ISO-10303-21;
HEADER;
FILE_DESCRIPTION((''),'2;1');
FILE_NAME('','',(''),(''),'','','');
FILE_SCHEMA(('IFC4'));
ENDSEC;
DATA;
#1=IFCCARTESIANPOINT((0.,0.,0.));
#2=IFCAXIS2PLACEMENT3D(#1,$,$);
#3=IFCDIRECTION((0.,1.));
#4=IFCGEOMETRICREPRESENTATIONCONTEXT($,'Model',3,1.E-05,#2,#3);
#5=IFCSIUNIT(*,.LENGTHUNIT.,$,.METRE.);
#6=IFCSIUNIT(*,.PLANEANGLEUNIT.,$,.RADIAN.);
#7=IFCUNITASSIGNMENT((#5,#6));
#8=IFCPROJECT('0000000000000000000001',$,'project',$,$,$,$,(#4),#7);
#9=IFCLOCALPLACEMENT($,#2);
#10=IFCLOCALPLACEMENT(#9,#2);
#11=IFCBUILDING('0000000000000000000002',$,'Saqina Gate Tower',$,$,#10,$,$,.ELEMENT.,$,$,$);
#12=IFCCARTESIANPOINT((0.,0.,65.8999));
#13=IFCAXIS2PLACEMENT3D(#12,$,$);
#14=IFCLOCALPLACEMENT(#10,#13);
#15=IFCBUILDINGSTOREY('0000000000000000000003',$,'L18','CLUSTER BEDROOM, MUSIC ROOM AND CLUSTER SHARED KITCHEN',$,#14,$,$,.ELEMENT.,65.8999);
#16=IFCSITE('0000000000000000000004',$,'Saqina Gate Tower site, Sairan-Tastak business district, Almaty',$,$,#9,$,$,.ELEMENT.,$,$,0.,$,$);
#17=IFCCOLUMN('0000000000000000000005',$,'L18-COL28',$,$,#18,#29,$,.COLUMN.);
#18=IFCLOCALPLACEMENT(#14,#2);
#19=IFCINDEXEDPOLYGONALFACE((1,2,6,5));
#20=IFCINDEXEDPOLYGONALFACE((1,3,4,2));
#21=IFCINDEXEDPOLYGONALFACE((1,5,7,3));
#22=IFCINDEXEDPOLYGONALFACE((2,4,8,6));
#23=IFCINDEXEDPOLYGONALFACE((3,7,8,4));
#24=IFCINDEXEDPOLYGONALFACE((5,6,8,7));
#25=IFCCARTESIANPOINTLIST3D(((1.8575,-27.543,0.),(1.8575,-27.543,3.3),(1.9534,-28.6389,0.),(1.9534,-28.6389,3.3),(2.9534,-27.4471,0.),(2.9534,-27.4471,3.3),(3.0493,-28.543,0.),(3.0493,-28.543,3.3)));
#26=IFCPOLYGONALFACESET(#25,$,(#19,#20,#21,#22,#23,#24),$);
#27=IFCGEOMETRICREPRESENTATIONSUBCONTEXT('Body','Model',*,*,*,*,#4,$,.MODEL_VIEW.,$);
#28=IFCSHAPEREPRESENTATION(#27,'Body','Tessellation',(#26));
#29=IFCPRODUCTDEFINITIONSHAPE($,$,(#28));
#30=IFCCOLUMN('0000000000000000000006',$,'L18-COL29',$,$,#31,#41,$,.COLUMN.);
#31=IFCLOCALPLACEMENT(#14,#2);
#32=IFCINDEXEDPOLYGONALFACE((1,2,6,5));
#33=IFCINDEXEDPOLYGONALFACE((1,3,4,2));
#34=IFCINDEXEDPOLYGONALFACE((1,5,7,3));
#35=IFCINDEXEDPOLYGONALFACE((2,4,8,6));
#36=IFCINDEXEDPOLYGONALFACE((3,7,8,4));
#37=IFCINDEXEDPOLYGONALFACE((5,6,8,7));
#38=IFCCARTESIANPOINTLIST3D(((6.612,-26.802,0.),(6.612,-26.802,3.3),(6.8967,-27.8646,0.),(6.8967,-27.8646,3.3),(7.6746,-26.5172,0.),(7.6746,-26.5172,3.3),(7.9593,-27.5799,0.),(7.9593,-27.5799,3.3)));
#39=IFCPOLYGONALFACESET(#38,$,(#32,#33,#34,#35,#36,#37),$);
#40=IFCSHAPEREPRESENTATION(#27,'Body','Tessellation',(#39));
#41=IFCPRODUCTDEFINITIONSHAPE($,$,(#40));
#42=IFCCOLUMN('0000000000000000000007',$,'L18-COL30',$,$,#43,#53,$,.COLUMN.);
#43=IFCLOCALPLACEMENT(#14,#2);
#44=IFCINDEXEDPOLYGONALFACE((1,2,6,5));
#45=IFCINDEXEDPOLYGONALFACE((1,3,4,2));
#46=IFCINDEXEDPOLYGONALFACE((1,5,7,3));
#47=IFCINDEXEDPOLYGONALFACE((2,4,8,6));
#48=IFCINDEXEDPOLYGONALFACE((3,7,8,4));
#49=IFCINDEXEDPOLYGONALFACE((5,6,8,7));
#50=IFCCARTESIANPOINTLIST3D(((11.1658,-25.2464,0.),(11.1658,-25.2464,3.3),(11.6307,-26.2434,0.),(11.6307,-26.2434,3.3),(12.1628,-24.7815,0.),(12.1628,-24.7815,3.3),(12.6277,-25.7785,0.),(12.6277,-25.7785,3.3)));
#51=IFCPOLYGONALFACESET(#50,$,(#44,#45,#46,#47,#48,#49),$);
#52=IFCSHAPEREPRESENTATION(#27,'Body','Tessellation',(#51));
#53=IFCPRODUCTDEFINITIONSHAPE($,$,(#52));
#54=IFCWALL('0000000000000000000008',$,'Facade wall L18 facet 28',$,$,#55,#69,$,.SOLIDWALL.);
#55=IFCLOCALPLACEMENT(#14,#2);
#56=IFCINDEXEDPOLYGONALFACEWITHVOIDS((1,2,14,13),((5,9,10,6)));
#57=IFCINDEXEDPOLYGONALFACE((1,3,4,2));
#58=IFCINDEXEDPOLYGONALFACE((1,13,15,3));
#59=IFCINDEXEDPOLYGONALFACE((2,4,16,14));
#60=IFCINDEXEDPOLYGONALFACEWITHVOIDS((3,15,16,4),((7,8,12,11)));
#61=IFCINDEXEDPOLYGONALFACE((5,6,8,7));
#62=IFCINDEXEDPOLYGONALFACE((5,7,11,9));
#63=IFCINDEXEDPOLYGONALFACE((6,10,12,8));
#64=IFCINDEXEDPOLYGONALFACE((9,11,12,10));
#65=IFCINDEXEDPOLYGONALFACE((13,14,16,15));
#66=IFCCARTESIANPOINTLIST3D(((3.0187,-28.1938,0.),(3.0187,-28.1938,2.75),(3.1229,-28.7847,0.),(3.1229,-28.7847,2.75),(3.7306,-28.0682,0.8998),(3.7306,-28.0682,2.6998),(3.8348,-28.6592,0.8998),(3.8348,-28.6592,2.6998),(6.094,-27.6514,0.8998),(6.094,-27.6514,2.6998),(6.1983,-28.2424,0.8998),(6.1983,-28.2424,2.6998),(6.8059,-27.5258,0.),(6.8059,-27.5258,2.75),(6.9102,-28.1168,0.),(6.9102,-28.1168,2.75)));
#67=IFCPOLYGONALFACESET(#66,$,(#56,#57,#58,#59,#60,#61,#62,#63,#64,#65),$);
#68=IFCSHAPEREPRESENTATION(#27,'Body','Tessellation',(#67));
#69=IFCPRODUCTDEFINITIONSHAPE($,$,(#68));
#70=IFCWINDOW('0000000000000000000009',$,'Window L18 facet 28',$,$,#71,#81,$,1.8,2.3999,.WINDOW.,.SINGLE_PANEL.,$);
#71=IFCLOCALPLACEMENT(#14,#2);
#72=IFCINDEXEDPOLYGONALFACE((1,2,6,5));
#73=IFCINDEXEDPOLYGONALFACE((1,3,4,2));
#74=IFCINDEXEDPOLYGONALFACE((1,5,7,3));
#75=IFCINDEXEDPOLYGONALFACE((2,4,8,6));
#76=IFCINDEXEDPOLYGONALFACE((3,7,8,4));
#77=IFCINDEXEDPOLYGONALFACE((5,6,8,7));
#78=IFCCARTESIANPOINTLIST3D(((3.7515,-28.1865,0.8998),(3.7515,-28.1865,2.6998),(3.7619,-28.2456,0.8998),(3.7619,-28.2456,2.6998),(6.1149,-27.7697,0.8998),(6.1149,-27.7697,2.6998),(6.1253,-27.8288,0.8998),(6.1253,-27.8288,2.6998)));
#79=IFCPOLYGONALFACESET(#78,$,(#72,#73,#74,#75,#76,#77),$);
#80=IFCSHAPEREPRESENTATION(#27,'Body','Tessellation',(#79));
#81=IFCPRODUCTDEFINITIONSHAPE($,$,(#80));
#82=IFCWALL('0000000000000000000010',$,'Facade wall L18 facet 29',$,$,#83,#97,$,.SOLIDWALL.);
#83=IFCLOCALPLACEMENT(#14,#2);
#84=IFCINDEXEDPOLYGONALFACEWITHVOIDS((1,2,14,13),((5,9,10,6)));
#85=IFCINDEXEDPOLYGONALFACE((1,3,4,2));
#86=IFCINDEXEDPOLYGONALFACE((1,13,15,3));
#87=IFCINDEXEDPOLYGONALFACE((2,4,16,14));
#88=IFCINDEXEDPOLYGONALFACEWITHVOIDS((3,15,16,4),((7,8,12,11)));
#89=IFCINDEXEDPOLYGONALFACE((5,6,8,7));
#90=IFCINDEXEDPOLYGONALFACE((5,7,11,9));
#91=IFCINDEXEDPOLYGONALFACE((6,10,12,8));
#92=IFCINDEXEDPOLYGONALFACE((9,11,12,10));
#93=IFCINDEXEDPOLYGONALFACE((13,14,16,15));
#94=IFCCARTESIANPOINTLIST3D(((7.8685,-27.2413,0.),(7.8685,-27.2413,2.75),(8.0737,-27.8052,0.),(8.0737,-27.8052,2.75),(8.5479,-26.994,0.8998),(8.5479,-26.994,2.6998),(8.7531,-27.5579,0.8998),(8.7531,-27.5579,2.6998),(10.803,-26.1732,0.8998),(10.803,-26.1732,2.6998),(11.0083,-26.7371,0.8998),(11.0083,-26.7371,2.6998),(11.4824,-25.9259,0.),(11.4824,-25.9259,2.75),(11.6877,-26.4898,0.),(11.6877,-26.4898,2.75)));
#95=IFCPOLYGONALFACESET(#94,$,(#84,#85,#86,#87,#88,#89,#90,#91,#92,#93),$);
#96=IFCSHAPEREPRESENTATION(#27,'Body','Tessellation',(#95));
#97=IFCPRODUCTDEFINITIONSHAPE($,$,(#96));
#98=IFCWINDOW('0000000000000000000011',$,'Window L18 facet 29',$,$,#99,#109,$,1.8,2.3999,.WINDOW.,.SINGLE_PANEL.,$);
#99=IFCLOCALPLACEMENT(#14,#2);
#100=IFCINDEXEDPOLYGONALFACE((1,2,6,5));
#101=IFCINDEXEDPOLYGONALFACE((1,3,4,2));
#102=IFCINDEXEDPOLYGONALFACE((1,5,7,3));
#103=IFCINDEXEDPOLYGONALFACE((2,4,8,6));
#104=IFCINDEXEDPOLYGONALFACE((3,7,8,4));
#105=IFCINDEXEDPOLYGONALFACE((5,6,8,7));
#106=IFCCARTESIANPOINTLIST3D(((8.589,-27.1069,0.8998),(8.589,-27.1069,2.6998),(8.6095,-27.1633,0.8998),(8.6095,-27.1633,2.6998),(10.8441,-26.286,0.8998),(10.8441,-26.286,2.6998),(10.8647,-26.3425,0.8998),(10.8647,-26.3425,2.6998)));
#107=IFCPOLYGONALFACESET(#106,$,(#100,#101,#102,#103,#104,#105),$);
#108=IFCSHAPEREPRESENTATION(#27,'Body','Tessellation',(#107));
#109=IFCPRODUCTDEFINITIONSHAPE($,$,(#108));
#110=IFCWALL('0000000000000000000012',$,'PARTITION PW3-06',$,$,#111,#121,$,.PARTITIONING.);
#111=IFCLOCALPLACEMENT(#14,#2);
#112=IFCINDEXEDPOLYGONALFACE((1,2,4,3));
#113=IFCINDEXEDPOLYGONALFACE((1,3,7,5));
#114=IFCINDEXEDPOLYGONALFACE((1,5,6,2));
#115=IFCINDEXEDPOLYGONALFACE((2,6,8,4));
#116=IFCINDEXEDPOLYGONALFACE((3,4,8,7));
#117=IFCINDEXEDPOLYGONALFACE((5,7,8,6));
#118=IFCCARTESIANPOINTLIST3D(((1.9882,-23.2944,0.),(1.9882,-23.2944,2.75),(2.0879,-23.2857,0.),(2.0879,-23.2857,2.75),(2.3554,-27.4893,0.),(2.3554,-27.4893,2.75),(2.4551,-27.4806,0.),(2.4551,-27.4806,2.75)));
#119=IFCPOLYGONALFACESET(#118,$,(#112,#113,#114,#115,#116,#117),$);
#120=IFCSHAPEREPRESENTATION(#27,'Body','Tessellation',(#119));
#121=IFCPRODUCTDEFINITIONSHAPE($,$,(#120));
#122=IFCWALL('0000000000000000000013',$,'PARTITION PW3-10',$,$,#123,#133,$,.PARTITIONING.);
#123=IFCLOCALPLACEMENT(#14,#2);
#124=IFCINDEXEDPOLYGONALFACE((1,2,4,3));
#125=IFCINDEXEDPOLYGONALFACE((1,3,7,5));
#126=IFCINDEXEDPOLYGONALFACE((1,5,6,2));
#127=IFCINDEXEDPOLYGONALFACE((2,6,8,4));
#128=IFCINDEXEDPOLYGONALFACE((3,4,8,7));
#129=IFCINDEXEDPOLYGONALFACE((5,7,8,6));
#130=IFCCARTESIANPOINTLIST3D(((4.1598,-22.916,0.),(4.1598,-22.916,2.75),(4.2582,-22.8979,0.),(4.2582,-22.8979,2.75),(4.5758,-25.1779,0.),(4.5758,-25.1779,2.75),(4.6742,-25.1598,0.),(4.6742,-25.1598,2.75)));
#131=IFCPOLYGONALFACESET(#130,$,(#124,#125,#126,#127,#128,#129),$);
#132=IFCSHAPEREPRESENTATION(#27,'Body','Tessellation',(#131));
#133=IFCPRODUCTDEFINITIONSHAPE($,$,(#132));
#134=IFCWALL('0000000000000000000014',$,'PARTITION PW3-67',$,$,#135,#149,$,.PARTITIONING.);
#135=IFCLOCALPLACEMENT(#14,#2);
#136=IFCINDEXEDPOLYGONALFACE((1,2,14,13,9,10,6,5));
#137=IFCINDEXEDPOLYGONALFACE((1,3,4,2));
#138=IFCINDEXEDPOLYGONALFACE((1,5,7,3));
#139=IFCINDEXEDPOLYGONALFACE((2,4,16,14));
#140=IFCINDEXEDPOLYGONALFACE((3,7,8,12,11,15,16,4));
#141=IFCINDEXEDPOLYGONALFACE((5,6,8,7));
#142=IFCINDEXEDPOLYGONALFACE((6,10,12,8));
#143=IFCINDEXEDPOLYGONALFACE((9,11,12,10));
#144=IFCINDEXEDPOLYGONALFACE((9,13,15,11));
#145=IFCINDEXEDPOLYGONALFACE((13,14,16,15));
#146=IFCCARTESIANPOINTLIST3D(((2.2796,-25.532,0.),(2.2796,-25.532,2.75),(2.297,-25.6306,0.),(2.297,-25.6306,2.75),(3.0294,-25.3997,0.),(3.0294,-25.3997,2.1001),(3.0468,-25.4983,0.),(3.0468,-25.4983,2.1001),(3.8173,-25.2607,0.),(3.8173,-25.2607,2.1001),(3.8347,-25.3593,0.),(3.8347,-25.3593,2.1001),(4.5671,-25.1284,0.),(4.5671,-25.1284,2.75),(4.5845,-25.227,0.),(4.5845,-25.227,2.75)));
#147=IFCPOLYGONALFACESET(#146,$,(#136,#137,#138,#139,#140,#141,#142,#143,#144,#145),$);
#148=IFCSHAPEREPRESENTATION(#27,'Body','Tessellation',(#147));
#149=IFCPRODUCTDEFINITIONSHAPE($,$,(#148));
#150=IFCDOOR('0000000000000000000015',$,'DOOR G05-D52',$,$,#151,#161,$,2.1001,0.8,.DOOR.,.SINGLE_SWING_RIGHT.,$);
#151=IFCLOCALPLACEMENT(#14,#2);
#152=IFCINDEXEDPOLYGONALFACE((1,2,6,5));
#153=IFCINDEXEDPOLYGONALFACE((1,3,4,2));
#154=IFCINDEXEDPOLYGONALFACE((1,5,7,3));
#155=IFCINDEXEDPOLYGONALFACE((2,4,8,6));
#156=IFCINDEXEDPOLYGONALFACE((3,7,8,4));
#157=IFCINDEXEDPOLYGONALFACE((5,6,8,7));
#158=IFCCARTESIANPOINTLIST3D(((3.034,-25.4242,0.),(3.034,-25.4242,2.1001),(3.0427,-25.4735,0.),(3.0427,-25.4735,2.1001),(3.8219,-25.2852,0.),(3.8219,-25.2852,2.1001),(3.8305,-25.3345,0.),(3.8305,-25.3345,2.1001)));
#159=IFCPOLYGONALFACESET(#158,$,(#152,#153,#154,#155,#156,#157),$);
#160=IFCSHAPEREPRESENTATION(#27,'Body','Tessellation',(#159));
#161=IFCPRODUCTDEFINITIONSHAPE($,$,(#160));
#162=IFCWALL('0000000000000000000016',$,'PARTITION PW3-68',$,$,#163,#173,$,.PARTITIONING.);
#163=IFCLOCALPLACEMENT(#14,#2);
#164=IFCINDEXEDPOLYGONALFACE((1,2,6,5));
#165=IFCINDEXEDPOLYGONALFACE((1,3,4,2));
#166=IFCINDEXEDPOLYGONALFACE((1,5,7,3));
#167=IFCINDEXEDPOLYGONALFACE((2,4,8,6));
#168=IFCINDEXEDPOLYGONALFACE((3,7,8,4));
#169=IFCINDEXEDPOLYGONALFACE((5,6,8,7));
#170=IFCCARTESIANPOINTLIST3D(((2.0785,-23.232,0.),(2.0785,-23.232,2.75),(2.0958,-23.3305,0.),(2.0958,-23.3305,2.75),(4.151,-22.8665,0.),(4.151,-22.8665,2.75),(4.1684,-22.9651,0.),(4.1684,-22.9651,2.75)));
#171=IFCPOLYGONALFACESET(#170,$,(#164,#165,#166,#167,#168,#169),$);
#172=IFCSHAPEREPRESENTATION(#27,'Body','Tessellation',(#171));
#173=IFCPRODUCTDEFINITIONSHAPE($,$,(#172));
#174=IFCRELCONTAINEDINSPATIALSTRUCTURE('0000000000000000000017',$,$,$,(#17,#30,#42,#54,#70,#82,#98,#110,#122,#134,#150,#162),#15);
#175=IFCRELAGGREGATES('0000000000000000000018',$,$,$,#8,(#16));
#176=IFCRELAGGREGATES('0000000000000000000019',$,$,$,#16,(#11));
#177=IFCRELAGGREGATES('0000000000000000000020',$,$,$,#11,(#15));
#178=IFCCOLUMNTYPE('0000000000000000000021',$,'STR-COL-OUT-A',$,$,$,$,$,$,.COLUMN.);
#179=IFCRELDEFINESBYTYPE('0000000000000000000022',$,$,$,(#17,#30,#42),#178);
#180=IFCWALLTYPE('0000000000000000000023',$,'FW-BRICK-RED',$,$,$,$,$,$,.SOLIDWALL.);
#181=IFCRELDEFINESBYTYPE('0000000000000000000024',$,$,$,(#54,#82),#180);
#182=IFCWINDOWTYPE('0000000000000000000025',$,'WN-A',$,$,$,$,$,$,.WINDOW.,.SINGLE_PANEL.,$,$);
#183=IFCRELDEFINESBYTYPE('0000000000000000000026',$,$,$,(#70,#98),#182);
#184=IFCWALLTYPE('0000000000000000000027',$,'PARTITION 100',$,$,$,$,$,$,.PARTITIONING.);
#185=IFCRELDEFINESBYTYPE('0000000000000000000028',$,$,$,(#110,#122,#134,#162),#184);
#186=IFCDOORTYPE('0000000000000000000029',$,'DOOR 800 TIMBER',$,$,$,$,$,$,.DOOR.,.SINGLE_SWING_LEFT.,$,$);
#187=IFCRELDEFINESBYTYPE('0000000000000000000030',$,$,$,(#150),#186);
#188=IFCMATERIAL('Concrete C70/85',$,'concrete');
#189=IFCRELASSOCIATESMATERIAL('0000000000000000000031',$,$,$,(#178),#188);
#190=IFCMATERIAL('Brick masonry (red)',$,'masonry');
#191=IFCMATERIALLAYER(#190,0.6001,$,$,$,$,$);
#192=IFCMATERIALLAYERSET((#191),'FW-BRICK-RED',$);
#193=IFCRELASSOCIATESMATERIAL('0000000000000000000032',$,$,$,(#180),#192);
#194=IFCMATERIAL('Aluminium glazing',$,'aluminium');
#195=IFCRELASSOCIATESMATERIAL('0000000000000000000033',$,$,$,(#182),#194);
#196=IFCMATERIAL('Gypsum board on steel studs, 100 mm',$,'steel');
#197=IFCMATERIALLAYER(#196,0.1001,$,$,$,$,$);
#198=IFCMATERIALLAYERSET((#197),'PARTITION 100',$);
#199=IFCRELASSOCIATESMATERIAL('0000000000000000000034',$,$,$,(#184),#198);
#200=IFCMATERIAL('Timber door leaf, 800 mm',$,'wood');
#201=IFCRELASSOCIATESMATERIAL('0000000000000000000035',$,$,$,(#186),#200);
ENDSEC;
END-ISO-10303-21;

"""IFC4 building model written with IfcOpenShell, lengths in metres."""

from ifc_helpers import new_model, si_unit, direction, frame, frame_2d, origin, origin_2d, place, context, subcontext, project, spatial, rectangle, extrude, material, layer, layer_set, material_profile, profile_set, type_object, element, fill, save


model = new_model("IFC4")

# Units and contexts
model_context = context("Model", 3, precision=1e-05, world=origin(), true_north=direction((0.0, 1.0)))
body_context = subcontext(model_context, "Body", "Model", "MODEL_VIEW")
ifc_project = project(units=[si_unit("LENGTHUNIT", "METRE"), si_unit("PLANEANGLEUNIT", "RADIAN")], contexts=[model_context])

# Site, building, storey
site_placement = place(None, origin())
site = spatial("IfcSite", under=ifc_project, at=site_placement, Name="Saqina Gate Tower site, Sairan-Tastak business district, Almaty", CompositionType="ELEMENT", RefElevation=0.0)
building_placement = place(site_placement, origin())
building = spatial("IfcBuilding", under=site, at=building_placement, Name="Saqina Gate Tower", CompositionType="ELEMENT")
storey_placement = place(building_placement, frame((0.0, 0.0, 65.8999)))
storey = spatial("IfcBuildingStorey", under=building, at=storey_placement, Name="L18", Description="CLUSTER BEDROOM, MUSIC ROOM AND CLUSTER SHARED KITCHEN", CompositionType="ELEMENT", Elevation=65.8999)

# Columns
ifc_material_1 = material(Name="Concrete C70/85", Category="concrete")
ifc_material_profile = material_profile(ifc_material_1, rectangle(XDim=1.1001, YDim=1.1001, at=origin_2d()), Name="RC 1100x1100")
ifc_profile_set = profile_set([ifc_material_profile], Name="Concrete C70/85")
column_type = type_object("IfcColumnType", Name="STR-COL-OUT-A", PredefinedType="COLUMN", material=ifc_profile_set)
for number, where, z_axis, x_axis, name in (
    (1, (2.4534, -28.043, 0.0), (0.0, 0.0, 1.0), (0.087156, -0.996195, 0.0), "L18-COL28"),
    (2, (7.2856, -27.1909, 0.0), (0.0, 0.0, 1.0), (0.258819, -0.965926, 0.0), "L18-COL29"),
    (3, (11.8967, -25.5125, 0.0), (0.0, 0.0, 1.0), (0.422618, -0.906308, 0.0), "L18-COL30"),
):
    element("IfcColumn", number, at=place(storey_placement, frame(where, z_axis=z_axis, x_axis=x_axis)), inside=storey, type_object=column_type, Name=name, PredefinedType="COLUMN", context=body_context, shape_type="SweptSolid", body=[
        extrude(rectangle(XDim=1.1001, YDim=1.1001, at=origin_2d()), origin(), (0.0, 0.0, 1.0), 3.3),
    ])

# Walls, openings, windows
ifc_material_2 = material(Name="Brick masonry (red)", Category="masonry")
ifc_layer_1 = layer(ifc_material_2, 0.6001)
ifc_layer_set_1 = layer_set([ifc_layer_1], Name="FW-BRICK-RED")
wall_type_1 = type_object("IfcWallType", Name="FW-BRICK-RED", PredefinedType="SOLIDWALL", material=ifc_layer_set_1)
wall_1_placement = place(storey_placement, frame((3.0708, -28.4893, 0.0), z_axis=(0.0, 0.0, 1.0), x_axis=(0.984801, 0.173688, 0.0)))
wall_1 = element("IfcWall", 4, at=wall_1_placement, inside=storey, type_object=wall_type_1, Name="Facade wall L18 facet 28", PredefinedType="SOLIDWALL", context=body_context, shape_type="SweptSolid", body=[
    extrude(rectangle(XDim=3.8457, YDim=0.6001, at=frame_2d((1.9229, 0.0))), origin(), (0.0, 0.0, 1.0), 2.75),
])
opening_1_placement = place(wall_1_placement, frame((0.7229, 0.0, 0.8999)))
opening_1 = element("IfcOpeningElement", 5, at=opening_1_placement, cuts=wall_1, PredefinedType="OPENING", context=body_context, shape_type="SweptSolid", body=[
    extrude(rectangle(XDim=2.3999, YDim=1.8, at=frame_2d((1.2, 0.8999))), frame((0.0, 0.312, 0.0), z_axis=(0.0, -1.0, 0.0), x_axis=(1.0, 0.0, 0.0)), (0.0, 0.0, 1.0), 0.624),
])
ifc_material_3 = material(Name="Aluminium glazing", Category="aluminium")
window_type = type_object("IfcWindowType", Name="WN-A", PartitioningType="SINGLE_PANEL", PredefinedType="WINDOW", material=ifc_material_3)
window_1_placement = place(opening_1_placement, origin())
window_1 = element("IfcWindow", 6, at=window_1_placement, inside=storey, type_object=window_type, Name="Window L18 facet 28", OverallHeight=1.8, OverallWidth=2.3999, PartitioningType="SINGLE_PANEL", PredefinedType="WINDOW", context=body_context, shape_type="SweptSolid", body=[
    extrude(rectangle(XDim=2.3999, YDim=1.8, at=frame_2d((1.2, 0.8999))), frame((0.0, 0.1799, 0.0), z_axis=(0.0, -1.0, 0.0), x_axis=(1.0, 0.0, 0.0)), (0.0, 0.0, 1.0), 0.0601),
])
fill(opening_1, window_1)
wall_2_placement = place(storey_placement, frame((7.9712, -27.5232, 0.0), z_axis=(0.0, 0.0, 1.0), x_axis=(0.93969, 0.342028, 0.0)))
wall_2 = element("IfcWall", 7, at=wall_2_placement, inside=storey, type_object=wall_type_1, Name="Facade wall L18 facet 29", PredefinedType="SOLIDWALL", context=body_context, shape_type="SweptSolid", body=[
    extrude(rectangle(XDim=3.8459, YDim=0.6001, at=frame_2d((1.9229, 0.0))), origin(), (0.0, 0.0, 1.0), 2.75),
])
opening_2_placement = place(wall_2_placement, frame((0.7229, 0.0, 0.8999)))
opening_2 = element("IfcOpeningElement", 8, at=opening_2_placement, cuts=wall_2, PredefinedType="OPENING", context=body_context, shape_type="SweptSolid", body=[
    extrude(rectangle(XDim=2.3999, YDim=1.8, at=frame_2d((1.2, 0.8999))), frame((0.0, 0.312, 0.0), z_axis=(0.0, -1.0, 0.0), x_axis=(1.0, 0.0, 0.0)), (0.0, 0.0, 1.0), 0.624),
])
window_2_placement = place(opening_2_placement, origin())
window_2 = element("IfcWindow", 9, at=window_2_placement, inside=storey, type_object=window_type, Name="Window L18 facet 29", OverallHeight=1.8, OverallWidth=2.3999, PartitioningType="SINGLE_PANEL", PredefinedType="WINDOW", context=body_context, shape_type="SweptSolid", body=[
    extrude(rectangle(XDim=2.3999, YDim=1.8, at=frame_2d((1.2, 0.8999))), frame((0.0, 0.1799, 0.0), z_axis=(0.0, -1.0, 0.0), x_axis=(1.0, 0.0, 0.0)), (0.0, 0.0, 1.0), 0.0601),
])
fill(opening_2, window_2)

# Walls
ifc_material_4 = material(Name="Gypsum board on steel studs, 100 mm", Category="steel")
ifc_layer_2 = layer(ifc_material_4, 0.1001)
ifc_layer_set_2 = layer_set([ifc_layer_2], Name="PARTITION 100")
wall_type_2 = type_object("IfcWallType", Name="PARTITION 100", PredefinedType="PARTITIONING", material=ifc_layer_set_2)
wall_3_placement = place(storey_placement, frame((2.0381, -23.29, 0.0), z_axis=(0.0, 0.0, 1.0), x_axis=(0.0872, -0.996191, 0.0)))
element("IfcWall", 10, at=wall_3_placement, inside=storey, type_object=wall_type_2, Name="PARTITION PW3-06", PredefinedType="PARTITIONING", context=body_context, shape_type="SweptSolid", body=[
    extrude(rectangle(XDim=4.2109, YDim=0.1001, at=frame_2d((2.1055, 0.0))), origin(), (0.0, 0.0, 1.0), 2.75),
])
wall_4_placement = place(storey_placement, frame((4.209, -22.907, 0.0), z_axis=(0.0, 0.0, 1.0), x_axis=(0.180884, -0.983504, 0.0)))
element("IfcWall", 11, at=wall_4_placement, inside=storey, type_object=wall_type_2, Name="PARTITION PW3-10", PredefinedType="PARTITIONING", context=body_context, shape_type="SweptSolid", body=[
    extrude(rectangle(XDim=2.2998, YDim=0.1001, at=frame_2d((1.1499, 0.0))), origin(), (0.0, 0.0, 1.0), 2.75),
])

# Wall, opening, door
wall_5_placement = place(storey_placement, frame((2.2883, -25.5813, 0.0), z_axis=(0.0, 0.0, 1.0), x_axis=(0.98479, 0.173749, 0.0)))
wall_5 = element("IfcWall", 12, at=wall_5_placement, inside=storey, type_object=wall_type_2, Name="PARTITION PW3-67", PredefinedType="PARTITIONING", context=body_context, shape_type="SweptSolid", body=[
    extrude(rectangle(XDim=2.3228, YDim=0.1001, at=frame_2d((1.1614, 0.0))), origin(), (0.0, 0.0, 1.0), 2.75),
])
opening_3_placement = place(wall_5_placement, frame((0.7615, 0.0, 0.0)))
opening_3 = element("IfcOpeningElement", 13, at=opening_3_placement, cuts=wall_5, PredefinedType="OPENING", context=body_context, shape_type="SweptSolid", body=[
    extrude(rectangle(XDim=0.8, YDim=2.1001, at=frame_2d((0.3999, 1.05))), frame((0.0, 0.062, 0.0), z_axis=(0.0, -1.0, 0.0), x_axis=(1.0, 0.0, 0.0)), (0.0, 0.0, 1.0), 0.124),
])
ifc_material_5 = material(Name="Timber door leaf, 800 mm", Category="wood")
door_type_1 = type_object("IfcDoorType", Name="DOOR 800 TIMBER", OperationType="SINGLE_SWING_LEFT", PredefinedType="DOOR", material=ifc_material_5)
door_1_placement = place(opening_3_placement, frame((0.8, 0.0, 0.0), z_axis=(0.0, 0.0, 1.0), x_axis=(-1.0, 0.0, 0.0)))
door_1 = element("IfcDoor", 14, at=door_1_placement, inside=storey, type_object=door_type_1, Name="DOOR G05-D52", OperationType="SINGLE_SWING_RIGHT", OverallHeight=2.1001, OverallWidth=0.8, PredefinedType="DOOR", context=body_context, shape_type="SweptSolid", body=[
    extrude(rectangle(XDim=0.8, YDim=2.1001, at=frame_2d((0.3999, 1.05))), frame((0.0, 0.0249, 0.0), z_axis=(0.0, -1.0, 0.0), x_axis=(1.0, 0.0, 0.0)), (0.0, 0.0, 1.0), 0.05),
])
fill(opening_3, door_1)

# Wall
wall_6_placement = place(storey_placement, frame((2.0872, -23.2812, 0.0), z_axis=(0.0, 0.0, 1.0), x_axis=(0.984805, 0.173666, 0.0)))
element("IfcWall", 15, at=wall_6_placement, inside=storey, type_object=wall_type_2, Name="PARTITION PW3-68", PredefinedType="PARTITIONING", context=body_context, shape_type="SweptSolid", body=[
    extrude(rectangle(XDim=2.1045, YDim=0.1001, at=frame_2d((1.0522, 0.0))), origin(), (0.0, 0.0, 1.0), 2.75),
])

save(model, "model.ifc")
